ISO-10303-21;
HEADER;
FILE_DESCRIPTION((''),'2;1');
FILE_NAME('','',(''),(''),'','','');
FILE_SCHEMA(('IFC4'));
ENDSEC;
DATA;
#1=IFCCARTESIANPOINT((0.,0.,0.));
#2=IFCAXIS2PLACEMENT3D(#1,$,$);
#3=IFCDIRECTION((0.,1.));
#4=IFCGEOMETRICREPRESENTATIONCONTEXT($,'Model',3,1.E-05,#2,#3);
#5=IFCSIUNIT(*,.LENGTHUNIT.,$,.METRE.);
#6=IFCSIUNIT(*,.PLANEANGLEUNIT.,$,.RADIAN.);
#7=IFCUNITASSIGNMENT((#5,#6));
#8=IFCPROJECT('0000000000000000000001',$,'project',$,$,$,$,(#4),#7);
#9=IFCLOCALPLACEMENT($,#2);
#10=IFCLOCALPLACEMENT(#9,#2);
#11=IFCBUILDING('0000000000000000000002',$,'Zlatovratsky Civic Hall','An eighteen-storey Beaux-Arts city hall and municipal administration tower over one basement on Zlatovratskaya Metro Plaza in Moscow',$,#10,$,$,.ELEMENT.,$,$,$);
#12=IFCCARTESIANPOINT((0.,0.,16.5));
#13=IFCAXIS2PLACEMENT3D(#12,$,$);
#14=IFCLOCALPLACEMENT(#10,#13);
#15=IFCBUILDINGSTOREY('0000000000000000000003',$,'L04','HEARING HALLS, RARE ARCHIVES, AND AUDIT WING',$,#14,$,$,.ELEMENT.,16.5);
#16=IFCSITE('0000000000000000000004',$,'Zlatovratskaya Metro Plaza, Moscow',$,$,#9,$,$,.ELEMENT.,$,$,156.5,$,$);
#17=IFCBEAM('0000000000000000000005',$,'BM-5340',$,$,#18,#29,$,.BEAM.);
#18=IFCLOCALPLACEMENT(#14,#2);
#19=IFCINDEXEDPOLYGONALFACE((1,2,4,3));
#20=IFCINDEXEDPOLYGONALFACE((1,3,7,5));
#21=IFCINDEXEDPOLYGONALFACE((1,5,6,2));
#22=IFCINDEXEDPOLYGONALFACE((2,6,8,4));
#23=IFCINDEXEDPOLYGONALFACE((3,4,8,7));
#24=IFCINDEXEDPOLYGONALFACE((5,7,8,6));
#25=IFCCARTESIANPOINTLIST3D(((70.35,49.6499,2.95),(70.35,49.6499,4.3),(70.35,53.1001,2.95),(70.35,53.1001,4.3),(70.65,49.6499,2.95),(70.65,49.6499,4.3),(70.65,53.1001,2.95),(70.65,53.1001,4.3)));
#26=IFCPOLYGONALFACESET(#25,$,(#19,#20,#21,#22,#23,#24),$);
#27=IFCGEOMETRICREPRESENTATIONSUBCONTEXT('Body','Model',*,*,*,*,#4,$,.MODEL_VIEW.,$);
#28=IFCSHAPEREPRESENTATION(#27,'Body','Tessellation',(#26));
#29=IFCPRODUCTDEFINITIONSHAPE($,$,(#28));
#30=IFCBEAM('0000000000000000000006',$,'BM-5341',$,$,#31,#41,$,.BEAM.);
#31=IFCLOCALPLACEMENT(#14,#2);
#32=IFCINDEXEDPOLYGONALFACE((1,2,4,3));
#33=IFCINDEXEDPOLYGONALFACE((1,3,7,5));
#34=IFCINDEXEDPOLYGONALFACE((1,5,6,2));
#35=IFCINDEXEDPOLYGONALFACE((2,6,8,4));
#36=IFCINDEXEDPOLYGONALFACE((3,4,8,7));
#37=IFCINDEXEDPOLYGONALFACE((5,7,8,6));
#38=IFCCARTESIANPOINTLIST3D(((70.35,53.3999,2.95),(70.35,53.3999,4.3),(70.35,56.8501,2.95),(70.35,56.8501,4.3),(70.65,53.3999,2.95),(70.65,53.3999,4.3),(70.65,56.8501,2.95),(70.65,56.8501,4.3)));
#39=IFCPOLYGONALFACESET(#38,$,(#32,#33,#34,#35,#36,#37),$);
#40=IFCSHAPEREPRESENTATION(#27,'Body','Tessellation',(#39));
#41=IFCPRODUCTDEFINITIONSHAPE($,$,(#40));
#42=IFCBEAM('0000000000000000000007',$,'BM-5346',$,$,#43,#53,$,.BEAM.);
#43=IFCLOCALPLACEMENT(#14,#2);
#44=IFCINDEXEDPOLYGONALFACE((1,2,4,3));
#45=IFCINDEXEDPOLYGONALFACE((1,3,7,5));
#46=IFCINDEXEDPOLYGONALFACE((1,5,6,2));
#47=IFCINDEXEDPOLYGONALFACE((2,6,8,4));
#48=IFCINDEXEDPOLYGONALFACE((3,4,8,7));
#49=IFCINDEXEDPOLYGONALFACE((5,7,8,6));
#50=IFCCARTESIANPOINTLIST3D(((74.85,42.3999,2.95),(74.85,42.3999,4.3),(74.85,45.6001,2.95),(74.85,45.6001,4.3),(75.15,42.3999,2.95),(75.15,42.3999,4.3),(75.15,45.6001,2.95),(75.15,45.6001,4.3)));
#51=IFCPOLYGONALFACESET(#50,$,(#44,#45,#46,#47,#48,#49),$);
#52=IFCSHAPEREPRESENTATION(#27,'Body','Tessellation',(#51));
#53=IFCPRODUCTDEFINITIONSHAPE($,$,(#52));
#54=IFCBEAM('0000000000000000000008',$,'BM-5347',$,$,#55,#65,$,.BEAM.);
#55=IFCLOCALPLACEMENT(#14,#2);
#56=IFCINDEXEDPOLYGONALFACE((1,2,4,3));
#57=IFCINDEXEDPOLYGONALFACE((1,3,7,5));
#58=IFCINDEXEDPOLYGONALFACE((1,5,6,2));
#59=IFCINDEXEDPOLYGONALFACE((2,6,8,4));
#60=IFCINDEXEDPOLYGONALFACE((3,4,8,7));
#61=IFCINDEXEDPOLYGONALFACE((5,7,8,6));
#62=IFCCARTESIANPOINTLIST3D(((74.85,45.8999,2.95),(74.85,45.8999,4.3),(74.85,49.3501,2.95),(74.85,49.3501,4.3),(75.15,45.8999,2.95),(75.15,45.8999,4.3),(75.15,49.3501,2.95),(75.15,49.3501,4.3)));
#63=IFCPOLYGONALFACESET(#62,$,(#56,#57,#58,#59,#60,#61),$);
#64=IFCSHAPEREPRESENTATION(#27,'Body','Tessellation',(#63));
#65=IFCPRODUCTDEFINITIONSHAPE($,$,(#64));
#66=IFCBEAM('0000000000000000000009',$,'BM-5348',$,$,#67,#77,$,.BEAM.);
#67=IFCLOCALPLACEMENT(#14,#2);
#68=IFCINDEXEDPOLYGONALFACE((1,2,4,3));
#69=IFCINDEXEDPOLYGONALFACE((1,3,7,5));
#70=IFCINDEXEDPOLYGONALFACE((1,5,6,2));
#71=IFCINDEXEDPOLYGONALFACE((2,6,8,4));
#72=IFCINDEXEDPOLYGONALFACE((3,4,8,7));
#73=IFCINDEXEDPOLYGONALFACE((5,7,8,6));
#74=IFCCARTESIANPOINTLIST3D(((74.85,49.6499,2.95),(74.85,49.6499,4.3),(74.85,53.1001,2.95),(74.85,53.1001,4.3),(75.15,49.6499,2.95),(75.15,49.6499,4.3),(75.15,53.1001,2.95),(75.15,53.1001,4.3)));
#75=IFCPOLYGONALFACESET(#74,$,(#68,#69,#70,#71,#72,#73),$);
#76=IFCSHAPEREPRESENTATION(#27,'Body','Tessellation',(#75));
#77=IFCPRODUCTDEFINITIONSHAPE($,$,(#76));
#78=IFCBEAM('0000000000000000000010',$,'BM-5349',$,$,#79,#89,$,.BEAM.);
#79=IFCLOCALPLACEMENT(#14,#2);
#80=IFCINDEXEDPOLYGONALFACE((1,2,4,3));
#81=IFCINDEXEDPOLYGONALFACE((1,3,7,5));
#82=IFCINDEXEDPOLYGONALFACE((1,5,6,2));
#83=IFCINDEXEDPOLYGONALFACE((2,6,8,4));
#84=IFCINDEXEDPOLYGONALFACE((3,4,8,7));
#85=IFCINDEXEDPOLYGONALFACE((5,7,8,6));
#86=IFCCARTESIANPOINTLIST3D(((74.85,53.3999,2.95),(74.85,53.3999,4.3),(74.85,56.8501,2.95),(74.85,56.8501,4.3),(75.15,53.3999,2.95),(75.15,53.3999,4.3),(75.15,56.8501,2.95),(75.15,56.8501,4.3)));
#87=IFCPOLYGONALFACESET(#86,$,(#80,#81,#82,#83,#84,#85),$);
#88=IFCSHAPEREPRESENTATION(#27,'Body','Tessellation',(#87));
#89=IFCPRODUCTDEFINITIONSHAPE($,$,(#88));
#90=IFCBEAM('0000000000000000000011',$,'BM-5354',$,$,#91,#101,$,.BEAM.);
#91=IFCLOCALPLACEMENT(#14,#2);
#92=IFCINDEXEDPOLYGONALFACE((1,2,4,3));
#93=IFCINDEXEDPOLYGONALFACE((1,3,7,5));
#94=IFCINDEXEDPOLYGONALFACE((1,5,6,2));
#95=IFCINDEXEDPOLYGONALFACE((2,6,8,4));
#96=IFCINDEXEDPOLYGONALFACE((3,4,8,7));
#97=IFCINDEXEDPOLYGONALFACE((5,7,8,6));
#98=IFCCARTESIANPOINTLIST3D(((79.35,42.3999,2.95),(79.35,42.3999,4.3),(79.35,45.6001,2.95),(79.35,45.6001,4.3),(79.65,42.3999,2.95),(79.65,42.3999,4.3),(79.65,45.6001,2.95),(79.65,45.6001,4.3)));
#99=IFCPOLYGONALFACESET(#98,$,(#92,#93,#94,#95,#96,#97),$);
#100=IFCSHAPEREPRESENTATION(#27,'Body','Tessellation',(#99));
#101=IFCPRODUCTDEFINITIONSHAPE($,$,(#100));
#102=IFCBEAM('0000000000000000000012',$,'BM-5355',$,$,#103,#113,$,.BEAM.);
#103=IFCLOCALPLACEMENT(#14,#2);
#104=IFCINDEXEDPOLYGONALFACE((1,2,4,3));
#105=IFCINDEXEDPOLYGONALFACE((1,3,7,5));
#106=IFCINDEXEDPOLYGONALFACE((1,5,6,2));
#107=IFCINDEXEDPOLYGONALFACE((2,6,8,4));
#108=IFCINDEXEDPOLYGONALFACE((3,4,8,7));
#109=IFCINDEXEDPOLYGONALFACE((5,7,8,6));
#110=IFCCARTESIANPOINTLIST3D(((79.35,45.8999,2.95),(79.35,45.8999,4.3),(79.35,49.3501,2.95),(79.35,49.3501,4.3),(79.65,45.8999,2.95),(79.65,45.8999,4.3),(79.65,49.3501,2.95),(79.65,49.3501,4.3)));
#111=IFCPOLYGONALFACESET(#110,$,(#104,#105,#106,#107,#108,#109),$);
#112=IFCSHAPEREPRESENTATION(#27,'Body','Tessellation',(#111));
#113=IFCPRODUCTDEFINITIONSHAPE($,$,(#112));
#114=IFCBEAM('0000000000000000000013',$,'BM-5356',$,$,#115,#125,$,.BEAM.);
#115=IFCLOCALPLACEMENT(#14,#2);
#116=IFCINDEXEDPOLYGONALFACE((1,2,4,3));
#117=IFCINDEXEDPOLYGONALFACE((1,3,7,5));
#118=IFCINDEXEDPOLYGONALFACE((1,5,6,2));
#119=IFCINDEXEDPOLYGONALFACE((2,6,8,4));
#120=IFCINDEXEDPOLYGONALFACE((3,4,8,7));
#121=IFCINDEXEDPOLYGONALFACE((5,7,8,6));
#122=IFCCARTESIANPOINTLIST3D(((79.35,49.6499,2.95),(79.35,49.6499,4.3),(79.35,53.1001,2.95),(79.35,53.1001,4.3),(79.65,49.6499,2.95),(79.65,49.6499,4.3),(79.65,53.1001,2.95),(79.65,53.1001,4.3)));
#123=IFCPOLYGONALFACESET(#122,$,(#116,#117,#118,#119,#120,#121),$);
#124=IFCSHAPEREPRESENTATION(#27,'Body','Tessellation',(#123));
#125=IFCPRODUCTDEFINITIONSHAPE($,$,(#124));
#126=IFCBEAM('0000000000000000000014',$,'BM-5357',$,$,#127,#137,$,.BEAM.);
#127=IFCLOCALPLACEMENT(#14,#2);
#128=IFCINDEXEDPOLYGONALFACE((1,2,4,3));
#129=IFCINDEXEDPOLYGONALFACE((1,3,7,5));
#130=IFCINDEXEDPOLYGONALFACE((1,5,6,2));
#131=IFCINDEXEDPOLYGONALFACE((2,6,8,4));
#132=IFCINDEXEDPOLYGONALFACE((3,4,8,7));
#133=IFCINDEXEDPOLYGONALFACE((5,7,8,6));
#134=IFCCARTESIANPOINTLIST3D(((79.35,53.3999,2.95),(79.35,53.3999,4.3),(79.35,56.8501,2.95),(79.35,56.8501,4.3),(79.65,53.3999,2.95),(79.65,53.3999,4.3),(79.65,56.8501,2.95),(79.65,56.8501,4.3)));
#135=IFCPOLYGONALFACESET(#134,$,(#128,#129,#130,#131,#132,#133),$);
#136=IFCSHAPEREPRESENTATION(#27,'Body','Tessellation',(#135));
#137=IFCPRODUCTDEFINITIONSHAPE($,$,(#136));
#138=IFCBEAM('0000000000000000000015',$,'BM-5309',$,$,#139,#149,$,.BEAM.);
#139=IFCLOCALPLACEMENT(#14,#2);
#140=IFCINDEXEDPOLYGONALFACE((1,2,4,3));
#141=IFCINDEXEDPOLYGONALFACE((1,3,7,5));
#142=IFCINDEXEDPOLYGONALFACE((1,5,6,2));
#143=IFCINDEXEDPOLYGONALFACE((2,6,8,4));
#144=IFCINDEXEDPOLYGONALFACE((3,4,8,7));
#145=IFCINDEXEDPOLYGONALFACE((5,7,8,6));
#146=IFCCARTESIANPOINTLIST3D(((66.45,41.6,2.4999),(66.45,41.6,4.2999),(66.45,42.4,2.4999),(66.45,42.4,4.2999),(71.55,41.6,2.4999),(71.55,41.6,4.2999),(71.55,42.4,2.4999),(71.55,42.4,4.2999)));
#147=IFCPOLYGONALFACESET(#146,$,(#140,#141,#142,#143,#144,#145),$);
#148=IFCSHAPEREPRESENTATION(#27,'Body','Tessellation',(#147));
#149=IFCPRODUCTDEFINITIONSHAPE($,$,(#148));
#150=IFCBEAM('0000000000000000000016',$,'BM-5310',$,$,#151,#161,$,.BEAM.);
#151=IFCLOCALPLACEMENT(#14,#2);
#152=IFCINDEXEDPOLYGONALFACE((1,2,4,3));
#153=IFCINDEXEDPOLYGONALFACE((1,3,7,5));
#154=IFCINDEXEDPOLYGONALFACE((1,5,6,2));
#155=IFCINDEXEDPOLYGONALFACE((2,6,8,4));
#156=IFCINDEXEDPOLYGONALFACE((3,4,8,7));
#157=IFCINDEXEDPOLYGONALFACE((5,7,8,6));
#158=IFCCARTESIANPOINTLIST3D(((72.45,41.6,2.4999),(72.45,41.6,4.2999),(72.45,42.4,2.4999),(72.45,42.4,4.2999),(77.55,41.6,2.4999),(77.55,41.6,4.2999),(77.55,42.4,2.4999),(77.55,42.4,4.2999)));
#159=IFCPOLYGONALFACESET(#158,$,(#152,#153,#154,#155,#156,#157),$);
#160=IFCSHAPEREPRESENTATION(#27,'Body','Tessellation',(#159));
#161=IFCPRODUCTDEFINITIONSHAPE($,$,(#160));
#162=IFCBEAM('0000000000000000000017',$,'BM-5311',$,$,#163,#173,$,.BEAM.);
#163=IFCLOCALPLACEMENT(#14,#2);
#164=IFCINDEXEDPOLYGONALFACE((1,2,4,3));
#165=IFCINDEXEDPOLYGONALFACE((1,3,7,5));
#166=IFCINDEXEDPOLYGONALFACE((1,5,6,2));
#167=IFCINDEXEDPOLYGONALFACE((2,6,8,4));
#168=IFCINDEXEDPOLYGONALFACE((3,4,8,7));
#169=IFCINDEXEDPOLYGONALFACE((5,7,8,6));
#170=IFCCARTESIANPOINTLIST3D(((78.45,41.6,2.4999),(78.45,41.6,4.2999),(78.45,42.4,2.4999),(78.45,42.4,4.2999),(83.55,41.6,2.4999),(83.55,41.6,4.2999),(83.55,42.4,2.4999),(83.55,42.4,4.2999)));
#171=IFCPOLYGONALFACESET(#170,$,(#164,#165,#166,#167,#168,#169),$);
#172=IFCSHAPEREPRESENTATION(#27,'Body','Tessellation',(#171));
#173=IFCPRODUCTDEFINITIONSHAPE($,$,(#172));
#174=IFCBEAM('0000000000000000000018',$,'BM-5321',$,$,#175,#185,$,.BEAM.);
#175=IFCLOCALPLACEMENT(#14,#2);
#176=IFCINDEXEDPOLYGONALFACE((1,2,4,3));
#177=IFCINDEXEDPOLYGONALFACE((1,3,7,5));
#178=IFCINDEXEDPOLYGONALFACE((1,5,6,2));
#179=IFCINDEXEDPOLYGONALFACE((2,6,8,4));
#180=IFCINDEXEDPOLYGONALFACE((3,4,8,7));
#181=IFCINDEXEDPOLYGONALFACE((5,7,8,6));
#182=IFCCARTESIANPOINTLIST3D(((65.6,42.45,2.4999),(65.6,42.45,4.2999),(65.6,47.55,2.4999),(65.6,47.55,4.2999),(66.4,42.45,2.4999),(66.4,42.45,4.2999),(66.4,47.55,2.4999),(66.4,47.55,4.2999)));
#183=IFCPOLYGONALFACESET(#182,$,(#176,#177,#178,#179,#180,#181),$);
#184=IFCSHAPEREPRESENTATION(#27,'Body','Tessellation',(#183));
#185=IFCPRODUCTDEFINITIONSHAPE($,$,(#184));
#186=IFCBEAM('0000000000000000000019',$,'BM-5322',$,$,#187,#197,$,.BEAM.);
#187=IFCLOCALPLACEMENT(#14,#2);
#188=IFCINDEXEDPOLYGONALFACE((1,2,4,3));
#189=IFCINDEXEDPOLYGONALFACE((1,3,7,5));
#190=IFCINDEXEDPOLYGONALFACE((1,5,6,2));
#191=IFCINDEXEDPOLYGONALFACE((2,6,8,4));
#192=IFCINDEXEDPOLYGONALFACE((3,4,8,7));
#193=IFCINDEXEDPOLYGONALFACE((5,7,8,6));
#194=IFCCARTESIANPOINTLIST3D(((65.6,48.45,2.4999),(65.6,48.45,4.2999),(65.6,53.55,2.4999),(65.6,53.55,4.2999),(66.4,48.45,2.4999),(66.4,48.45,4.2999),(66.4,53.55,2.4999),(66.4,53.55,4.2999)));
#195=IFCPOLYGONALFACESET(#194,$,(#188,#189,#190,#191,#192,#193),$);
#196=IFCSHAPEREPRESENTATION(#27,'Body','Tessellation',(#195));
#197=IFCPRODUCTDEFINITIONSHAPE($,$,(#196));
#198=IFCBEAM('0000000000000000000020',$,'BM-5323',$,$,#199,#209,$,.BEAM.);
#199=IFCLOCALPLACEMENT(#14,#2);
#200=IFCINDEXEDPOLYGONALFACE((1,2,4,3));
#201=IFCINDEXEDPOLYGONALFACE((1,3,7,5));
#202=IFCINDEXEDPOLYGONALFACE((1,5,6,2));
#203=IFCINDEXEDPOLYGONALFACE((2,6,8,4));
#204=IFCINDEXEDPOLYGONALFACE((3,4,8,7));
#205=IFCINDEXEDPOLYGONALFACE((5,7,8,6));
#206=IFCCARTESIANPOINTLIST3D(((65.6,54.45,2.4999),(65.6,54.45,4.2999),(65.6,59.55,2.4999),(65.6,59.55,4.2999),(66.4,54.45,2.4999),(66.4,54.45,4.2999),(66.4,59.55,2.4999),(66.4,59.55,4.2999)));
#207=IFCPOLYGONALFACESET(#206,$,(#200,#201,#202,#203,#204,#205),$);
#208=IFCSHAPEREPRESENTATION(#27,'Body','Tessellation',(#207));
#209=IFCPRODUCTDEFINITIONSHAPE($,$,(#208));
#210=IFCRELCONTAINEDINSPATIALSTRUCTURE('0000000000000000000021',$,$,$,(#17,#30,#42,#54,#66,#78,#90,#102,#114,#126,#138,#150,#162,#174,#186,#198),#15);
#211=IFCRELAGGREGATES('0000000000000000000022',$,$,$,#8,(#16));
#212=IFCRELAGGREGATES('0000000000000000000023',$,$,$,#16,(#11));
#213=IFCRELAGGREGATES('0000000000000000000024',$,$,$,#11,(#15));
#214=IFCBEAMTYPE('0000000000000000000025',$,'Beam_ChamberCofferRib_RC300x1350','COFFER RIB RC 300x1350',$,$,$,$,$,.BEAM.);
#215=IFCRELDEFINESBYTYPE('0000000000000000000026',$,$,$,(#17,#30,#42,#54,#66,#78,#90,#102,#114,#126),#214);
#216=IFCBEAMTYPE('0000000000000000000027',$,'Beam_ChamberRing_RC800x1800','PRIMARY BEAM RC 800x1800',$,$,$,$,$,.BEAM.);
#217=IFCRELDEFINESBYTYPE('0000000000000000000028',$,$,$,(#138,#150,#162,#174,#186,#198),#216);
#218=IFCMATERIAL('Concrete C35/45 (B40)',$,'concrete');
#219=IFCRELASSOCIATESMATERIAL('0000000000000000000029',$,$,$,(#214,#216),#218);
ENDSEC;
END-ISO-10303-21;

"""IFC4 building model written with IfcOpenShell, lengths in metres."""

from ifc_helpers import new_model, si_unit, direction, frame, origin, origin_2d, place, context, subcontext, project, spatial, rectangle, extrude, material, material_profile, profile_set, type_object, element, save


model = new_model("IFC4")

# Units and contexts
model_context = context("Model", 3, precision=1e-05, world=origin(), true_north=direction((0.0, 1.0)))
body_context = subcontext(model_context, "Body", "Model", "MODEL_VIEW")
ifc_project = project(units=[si_unit("LENGTHUNIT", "METRE"), si_unit("PLANEANGLEUNIT", "RADIAN")], contexts=[model_context])

# Site, building, storey
site_placement = place(None, origin())
site = spatial("IfcSite", under=ifc_project, at=site_placement, Name="Zlatovratskaya Metro Plaza, Moscow", CompositionType="ELEMENT", RefElevation=156.5)
building_placement = place(site_placement, origin())
building = spatial("IfcBuilding", under=site, at=building_placement, Name="Zlatovratsky Civic Hall", Description="An eighteen-storey Beaux-Arts city hall and municipal administration tower over one basement on Zlatovratskaya Metro Plaza in Moscow", CompositionType="ELEMENT")
storey_placement = place(building_placement, frame((0.0, 0.0, 16.5)))
storey = spatial("IfcBuildingStorey", under=building, at=storey_placement, Name="L04", Description="HEARING HALLS, RARE ARCHIVES, AND AUDIT WING", CompositionType="ELEMENT", Elevation=16.5)

# Shared definitions
ifc_material_1 = material(Name="Concrete C35/45 (B40)", Category="concrete")

# Beams
ifc_material_profile_1 = material_profile(ifc_material_1, rectangle(XDim=0.3, YDim=1.3501, at=origin_2d()), Name="RC 300x1350")
ifc_profile_set_1 = profile_set([ifc_material_profile_1], Name="Concrete C35/45 (B40)")
beam_type_1 = type_object("IfcBeamType", Name="Beam_ChamberCofferRib_RC300x1350", Description="COFFER RIB RC 300x1350", PredefinedType="BEAM", material=ifc_profile_set_1)
for number, where, z_axis, x_axis, name in (
    (1, (70.5, 49.6499, 3.625), (0.0, 1.0, 0.0), (-1.0, 0.0, 0.0), "BM-5340"),
    (2, (70.5, 53.3999, 3.625), (0.0, 1.0, 0.0), (-1.0, 0.0, 0.0), "BM-5341"),
):
    element("IfcBeam", number, at=place(storey_placement, frame(where, z_axis=z_axis, x_axis=x_axis)), inside=storey, type_object=beam_type_1, Name=name, PredefinedType="BEAM", context=body_context, shape_type="SweptSolid", body=[
        extrude(rectangle(XDim=0.3, YDim=1.3501, at=origin_2d()), origin(), (0.0, 0.0, 1.0), 3.4502),
    ])
beam_1_placement = place(storey_placement, frame((75.0, 42.3999, 3.625), z_axis=(0.0, 1.0, 0.0), x_axis=(-1.0, 0.0, 0.0)))
element("IfcBeam", 3, at=beam_1_placement, inside=storey, type_object=beam_type_1, Name="BM-5346", PredefinedType="BEAM", context=body_context, shape_type="SweptSolid", body=[
    extrude(rectangle(XDim=0.3, YDim=1.3501, at=origin_2d()), origin(), (0.0, 0.0, 1.0), 3.2002),
])
for number, where, z_axis, x_axis, name in (
    (4, (75.0, 45.8999, 3.625), (0.0, 1.0, 0.0), (-1.0, 0.0, 0.0), "BM-5347"),
    (5, (75.0, 49.6499, 3.625), (0.0, 1.0, 0.0), (-1.0, 0.0, 0.0), "BM-5348"),
    (6, (75.0, 53.3999, 3.625), (0.0, 1.0, 0.0), (-1.0, 0.0, 0.0), "BM-5349"),
):
    element("IfcBeam", number, at=place(storey_placement, frame(where, z_axis=z_axis, x_axis=x_axis)), inside=storey, type_object=beam_type_1, Name=name, PredefinedType="BEAM", context=body_context, shape_type="SweptSolid", body=[
        extrude(rectangle(XDim=0.3, YDim=1.3501, at=origin_2d()), origin(), (0.0, 0.0, 1.0), 3.4502),
    ])
beam_2_placement = place(storey_placement, frame((79.5, 42.3999, 3.625), z_axis=(0.0, 1.0, 0.0), x_axis=(-1.0, 0.0, 0.0)))
element("IfcBeam", 7, at=beam_2_placement, inside=storey, type_object=beam_type_1, Name="BM-5354", PredefinedType="BEAM", context=body_context, shape_type="SweptSolid", body=[
    extrude(rectangle(XDim=0.3, YDim=1.3501, at=origin_2d()), origin(), (0.0, 0.0, 1.0), 3.2002),
])
for number, where, z_axis, x_axis, name in (
    (8, (79.5, 45.8999, 3.625), (0.0, 1.0, 0.0), (-1.0, 0.0, 0.0), "BM-5355"),
    (9, (79.5, 49.6499, 3.625), (0.0, 1.0, 0.0), (-1.0, 0.0, 0.0), "BM-5356"),
    (10, (79.5, 53.3999, 3.625), (0.0, 1.0, 0.0), (-1.0, 0.0, 0.0), "BM-5357"),
):
    element("IfcBeam", number, at=place(storey_placement, frame(where, z_axis=z_axis, x_axis=x_axis)), inside=storey, type_object=beam_type_1, Name=name, PredefinedType="BEAM", context=body_context, shape_type="SweptSolid", body=[
        extrude(rectangle(XDim=0.3, YDim=1.3501, at=origin_2d()), origin(), (0.0, 0.0, 1.0), 3.4502),
    ])
ifc_material_profile_2 = material_profile(ifc_material_1, rectangle(XDim=0.8, YDim=1.8, at=origin_2d()), Name="RC 800x1800")
ifc_profile_set_2 = profile_set([ifc_material_profile_2], Name="Concrete C35/45 (B40)")
beam_type_2 = type_object("IfcBeamType", Name="Beam_ChamberRing_RC800x1800", Description="PRIMARY BEAM RC 800x1800", PredefinedType="BEAM", material=ifc_profile_set_2)
for number, where, z_axis, x_axis, name in (
    (11, (66.45, 42.0, 3.3999), (1.0, 0.0, 0.0), (0.0, 1.0, 0.0), "BM-5309"),
    (12, (72.45, 42.0, 3.3999), (1.0, 0.0, 0.0), (0.0, 1.0, 0.0), "BM-5310"),
    (13, (78.45, 42.0, 3.3999), (1.0, 0.0, 0.0), (0.0, 1.0, 0.0), "BM-5311"),
    (14, (66.0, 42.45, 3.3999), (0.0, 1.0, 0.0), (-1.0, 0.0, 0.0), "BM-5321"),
    (15, (66.0, 48.45, 3.3999), (0.0, 1.0, 0.0), (-1.0, 0.0, 0.0), "BM-5322"),
    (16, (66.0, 54.45, 3.3999), (0.0, 1.0, 0.0), (-1.0, 0.0, 0.0), "BM-5323"),
):
    element("IfcBeam", number, at=place(storey_placement, frame(where, z_axis=z_axis, x_axis=x_axis)), inside=storey, type_object=beam_type_2, Name=name, PredefinedType="BEAM", context=body_context, shape_type="SweptSolid", body=[
        extrude(rectangle(XDim=0.8, YDim=1.8, at=origin_2d()), origin(), (0.0, 0.0, 1.0), 5.1001),
    ])

save(model, "model.ifc")
